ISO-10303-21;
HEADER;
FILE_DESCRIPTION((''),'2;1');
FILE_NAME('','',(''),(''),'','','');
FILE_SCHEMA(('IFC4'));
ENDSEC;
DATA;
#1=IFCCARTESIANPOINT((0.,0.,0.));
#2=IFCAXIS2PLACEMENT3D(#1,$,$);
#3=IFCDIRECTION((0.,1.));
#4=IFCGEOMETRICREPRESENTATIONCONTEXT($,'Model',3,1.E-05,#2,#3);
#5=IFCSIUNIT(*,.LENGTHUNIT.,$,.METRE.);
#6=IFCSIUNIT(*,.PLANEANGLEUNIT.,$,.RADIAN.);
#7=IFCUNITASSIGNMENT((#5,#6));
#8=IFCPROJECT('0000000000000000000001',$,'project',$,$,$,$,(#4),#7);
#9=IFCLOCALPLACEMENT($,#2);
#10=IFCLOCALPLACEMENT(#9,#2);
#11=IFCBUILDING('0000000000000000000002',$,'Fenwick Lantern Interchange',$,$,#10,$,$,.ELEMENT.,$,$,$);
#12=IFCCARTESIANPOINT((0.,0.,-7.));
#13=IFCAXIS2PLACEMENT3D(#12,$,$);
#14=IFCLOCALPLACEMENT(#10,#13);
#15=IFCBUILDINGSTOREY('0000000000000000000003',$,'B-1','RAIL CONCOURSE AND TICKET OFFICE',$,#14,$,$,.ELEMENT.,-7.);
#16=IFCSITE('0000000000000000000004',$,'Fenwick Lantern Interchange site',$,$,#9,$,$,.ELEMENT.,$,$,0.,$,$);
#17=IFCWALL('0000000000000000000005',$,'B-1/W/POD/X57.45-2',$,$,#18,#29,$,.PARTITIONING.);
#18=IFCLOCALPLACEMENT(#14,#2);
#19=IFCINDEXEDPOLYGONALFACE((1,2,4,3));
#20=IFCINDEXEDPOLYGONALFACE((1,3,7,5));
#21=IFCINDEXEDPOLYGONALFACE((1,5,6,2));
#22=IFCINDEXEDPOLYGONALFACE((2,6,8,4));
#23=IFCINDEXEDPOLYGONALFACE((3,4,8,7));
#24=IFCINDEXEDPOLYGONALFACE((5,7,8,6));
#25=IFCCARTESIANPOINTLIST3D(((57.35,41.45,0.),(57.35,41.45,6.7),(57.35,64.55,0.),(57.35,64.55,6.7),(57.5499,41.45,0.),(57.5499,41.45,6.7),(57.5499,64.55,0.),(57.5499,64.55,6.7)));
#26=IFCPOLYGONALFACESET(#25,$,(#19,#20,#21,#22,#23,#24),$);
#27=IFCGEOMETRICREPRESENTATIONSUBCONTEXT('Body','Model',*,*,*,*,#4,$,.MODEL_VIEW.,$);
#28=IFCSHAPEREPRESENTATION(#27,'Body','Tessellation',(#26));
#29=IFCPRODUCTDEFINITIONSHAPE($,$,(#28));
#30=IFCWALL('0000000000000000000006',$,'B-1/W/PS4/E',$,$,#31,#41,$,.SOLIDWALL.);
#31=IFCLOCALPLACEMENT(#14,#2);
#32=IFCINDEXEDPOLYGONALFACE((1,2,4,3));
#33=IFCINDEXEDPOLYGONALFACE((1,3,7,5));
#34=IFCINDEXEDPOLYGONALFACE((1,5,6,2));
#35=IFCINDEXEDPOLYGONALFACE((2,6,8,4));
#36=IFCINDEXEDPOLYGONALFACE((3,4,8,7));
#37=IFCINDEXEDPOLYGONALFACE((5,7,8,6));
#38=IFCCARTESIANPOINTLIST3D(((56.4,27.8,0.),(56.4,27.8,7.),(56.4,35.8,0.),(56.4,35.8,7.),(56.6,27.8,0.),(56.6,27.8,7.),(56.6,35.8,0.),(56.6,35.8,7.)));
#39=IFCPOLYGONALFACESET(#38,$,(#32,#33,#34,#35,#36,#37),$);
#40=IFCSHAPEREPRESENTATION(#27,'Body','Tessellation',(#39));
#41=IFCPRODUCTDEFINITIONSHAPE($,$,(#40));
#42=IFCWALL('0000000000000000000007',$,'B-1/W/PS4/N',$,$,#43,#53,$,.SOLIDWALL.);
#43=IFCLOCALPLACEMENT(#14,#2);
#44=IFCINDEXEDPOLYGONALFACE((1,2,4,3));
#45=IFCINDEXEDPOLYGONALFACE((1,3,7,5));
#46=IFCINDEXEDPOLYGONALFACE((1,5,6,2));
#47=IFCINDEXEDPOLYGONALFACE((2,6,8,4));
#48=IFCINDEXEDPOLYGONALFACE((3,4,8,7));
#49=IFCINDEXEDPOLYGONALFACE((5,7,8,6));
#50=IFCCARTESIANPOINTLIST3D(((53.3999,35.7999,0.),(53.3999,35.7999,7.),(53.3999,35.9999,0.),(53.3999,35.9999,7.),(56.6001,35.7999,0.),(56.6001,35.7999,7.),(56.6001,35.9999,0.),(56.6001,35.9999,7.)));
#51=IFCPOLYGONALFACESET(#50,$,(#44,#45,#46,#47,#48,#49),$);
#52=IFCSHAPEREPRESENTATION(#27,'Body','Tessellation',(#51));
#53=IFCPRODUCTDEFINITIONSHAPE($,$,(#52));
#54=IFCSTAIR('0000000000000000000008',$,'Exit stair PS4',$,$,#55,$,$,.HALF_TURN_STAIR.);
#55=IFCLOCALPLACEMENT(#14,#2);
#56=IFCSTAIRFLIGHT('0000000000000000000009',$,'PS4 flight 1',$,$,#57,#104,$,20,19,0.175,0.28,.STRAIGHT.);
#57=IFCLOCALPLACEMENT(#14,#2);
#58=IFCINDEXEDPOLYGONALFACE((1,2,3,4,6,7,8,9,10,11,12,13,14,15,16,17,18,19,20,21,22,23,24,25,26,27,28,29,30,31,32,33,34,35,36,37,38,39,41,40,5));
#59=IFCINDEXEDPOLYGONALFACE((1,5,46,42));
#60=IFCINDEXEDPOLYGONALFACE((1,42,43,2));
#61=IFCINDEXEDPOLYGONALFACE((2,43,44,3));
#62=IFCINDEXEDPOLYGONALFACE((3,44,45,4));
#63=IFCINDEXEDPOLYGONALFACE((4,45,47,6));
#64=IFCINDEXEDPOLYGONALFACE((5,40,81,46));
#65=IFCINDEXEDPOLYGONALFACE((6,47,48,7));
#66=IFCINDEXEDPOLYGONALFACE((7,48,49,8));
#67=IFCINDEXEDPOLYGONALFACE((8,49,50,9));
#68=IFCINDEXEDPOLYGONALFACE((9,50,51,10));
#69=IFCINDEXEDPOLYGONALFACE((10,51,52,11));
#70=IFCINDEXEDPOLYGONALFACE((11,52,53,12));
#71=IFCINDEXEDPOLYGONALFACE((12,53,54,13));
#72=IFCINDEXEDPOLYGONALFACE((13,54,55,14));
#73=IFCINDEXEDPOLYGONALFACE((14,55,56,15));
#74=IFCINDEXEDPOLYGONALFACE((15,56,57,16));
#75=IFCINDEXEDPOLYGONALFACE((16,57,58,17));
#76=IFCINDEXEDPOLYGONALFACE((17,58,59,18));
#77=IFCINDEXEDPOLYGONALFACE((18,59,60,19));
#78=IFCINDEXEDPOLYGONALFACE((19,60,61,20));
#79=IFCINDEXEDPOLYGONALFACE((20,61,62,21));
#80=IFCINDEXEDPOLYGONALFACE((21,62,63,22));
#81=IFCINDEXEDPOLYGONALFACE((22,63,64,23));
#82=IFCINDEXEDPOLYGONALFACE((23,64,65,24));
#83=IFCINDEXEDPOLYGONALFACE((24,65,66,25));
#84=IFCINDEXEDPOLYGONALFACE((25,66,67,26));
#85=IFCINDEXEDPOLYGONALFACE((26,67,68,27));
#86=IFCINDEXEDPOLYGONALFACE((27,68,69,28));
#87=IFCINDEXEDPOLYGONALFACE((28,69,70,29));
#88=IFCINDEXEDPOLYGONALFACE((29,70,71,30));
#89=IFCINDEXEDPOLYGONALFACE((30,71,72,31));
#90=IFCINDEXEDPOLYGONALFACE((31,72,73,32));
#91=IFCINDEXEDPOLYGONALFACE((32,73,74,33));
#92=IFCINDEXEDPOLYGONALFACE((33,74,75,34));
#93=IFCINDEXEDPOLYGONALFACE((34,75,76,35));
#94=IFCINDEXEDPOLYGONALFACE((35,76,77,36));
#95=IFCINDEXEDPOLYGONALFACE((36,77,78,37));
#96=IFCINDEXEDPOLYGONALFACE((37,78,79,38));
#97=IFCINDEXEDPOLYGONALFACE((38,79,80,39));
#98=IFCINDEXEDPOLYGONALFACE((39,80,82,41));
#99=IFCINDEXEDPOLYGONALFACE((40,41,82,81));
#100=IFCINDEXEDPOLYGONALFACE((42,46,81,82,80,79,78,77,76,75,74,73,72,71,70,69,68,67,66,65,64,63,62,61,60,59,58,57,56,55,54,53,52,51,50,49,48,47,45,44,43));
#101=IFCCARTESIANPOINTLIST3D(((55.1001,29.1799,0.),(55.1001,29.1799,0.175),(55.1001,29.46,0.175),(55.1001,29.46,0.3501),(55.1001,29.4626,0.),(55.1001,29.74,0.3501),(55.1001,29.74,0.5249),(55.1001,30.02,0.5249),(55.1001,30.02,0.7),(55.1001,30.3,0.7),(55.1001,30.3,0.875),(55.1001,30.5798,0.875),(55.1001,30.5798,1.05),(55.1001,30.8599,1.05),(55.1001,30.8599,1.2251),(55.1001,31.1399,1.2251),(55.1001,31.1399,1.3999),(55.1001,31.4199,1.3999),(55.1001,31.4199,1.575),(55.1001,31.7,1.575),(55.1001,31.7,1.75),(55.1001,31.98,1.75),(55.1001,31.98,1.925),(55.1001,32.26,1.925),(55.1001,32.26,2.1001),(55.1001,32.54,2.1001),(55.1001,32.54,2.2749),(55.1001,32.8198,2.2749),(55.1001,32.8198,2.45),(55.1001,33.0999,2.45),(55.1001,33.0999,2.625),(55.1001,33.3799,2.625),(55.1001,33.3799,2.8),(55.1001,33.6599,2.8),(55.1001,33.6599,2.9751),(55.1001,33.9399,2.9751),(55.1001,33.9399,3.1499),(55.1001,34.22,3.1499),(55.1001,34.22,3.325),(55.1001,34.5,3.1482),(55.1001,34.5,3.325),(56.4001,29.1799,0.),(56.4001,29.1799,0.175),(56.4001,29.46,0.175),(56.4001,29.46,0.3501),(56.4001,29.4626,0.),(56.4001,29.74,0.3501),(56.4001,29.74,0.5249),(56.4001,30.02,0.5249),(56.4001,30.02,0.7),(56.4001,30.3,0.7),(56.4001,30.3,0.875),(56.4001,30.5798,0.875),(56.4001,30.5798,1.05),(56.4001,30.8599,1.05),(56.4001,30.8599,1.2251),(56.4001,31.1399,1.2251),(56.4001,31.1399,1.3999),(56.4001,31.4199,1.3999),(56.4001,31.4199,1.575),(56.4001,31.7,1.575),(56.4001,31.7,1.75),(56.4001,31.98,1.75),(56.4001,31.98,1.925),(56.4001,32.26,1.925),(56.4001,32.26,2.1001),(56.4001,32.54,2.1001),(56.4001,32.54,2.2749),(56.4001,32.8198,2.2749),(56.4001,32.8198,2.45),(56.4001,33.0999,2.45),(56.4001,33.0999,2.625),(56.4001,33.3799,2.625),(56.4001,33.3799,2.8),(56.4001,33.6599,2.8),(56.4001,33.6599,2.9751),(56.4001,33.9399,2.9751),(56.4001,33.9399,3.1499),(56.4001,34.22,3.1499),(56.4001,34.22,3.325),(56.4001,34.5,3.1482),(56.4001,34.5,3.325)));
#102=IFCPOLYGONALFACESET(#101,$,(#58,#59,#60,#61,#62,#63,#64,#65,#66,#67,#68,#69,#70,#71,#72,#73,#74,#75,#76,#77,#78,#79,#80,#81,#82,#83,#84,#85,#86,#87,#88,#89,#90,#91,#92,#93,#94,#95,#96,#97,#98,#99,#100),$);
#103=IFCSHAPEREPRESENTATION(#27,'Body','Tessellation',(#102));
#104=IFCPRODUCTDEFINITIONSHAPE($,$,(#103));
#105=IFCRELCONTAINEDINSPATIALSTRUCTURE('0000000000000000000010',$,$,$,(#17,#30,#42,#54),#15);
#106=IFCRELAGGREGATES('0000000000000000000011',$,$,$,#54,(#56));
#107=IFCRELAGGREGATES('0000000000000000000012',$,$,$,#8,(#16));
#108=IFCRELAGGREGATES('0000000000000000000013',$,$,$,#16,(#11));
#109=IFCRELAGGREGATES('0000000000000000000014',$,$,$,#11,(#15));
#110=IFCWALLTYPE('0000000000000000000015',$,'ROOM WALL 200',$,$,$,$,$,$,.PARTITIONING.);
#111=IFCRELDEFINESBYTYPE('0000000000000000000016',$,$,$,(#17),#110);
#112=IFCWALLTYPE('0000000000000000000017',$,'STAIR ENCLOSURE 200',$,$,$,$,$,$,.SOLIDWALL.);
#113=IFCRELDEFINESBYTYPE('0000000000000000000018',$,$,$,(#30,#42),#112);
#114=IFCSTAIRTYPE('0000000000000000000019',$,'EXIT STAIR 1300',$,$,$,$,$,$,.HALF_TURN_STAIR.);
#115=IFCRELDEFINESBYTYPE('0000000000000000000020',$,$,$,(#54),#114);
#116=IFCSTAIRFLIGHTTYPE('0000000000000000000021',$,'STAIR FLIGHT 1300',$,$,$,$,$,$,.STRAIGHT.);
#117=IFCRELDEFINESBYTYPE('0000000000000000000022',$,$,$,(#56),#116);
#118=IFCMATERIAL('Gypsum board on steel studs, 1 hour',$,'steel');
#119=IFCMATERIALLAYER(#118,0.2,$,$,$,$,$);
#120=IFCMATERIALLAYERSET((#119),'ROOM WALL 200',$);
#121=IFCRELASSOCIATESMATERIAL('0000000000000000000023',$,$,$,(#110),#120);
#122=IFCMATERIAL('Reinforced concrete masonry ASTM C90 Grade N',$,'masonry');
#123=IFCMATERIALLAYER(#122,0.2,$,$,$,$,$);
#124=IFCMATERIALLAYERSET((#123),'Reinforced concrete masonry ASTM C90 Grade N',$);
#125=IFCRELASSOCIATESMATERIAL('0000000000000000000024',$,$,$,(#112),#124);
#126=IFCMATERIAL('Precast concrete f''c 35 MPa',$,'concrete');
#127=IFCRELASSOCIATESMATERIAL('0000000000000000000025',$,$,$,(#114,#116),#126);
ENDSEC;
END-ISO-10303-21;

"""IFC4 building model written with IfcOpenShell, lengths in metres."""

from ifc_helpers import new_model, si_unit, direction, frame, frame_2d, origin, place, context, subcontext, project, spatial, polyline, rectangle, outline, extrude, material, layer, layer_set, type_object, element, aggregate, save


model = new_model("IFC4")

# Units and contexts
model_context = context("Model", 3, precision=1e-05, world=origin(), true_north=direction((0.0, 1.0)))
body_context = subcontext(model_context, "Body", "Model", "MODEL_VIEW")
ifc_project = project(units=[si_unit("LENGTHUNIT", "METRE"), si_unit("PLANEANGLEUNIT", "RADIAN")], contexts=[model_context])

# Site, building, storey
site_placement = place(None, origin())
site = spatial("IfcSite", under=ifc_project, at=site_placement, Name="Fenwick Lantern Interchange site", CompositionType="ELEMENT", RefElevation=0.0)
building_placement = place(site_placement, origin())
building = spatial("IfcBuilding", under=site, at=building_placement, Name="Fenwick Lantern Interchange", CompositionType="ELEMENT")
storey_placement = place(building_placement, frame((0.0, 0.0, -7.0)))
storey = spatial("IfcBuildingStorey", under=building, at=storey_placement, Name="B-1", Description="RAIL CONCOURSE AND TICKET OFFICE", CompositionType="ELEMENT", Elevation=-7.0)

# Walls
ifc_material_1 = material(Name="Gypsum board on steel studs, 1 hour", Category="steel")
ifc_layer_1 = layer(ifc_material_1, 0.2)
ifc_layer_set_1 = layer_set([ifc_layer_1], Name="ROOM WALL 200")
wall_type_1 = type_object("IfcWallType", Name="ROOM WALL 200", PredefinedType="PARTITIONING", material=ifc_layer_set_1)
wall_1_placement = place(storey_placement, frame((57.45, 41.45, 0.0), z_axis=(0.0, 0.0, 1.0), x_axis=(0.0, 1.0, 0.0)))
element("IfcWall", 1, at=wall_1_placement, inside=storey, type_object=wall_type_1, Name="B-1/W/POD/X57.45-2", PredefinedType="PARTITIONING", context=body_context, shape_type="SweptSolid", body=[
    extrude(rectangle(XDim=23.1001, YDim=0.2, at=frame_2d((11.55, 0.0))), origin(), (0.0, 0.0, 1.0), 6.7),
])
ifc_material_2 = material(Name="Reinforced concrete masonry ASTM C90 Grade N", Category="masonry")
ifc_layer_2 = layer(ifc_material_2, 0.2)
ifc_layer_set_2 = layer_set([ifc_layer_2], Name="Reinforced concrete masonry ASTM C90 Grade N")
wall_type_2 = type_object("IfcWallType", Name="STAIR ENCLOSURE 200", PredefinedType="SOLIDWALL", material=ifc_layer_set_2)
wall_2_placement = place(storey_placement, frame((56.5, 27.8, 0.0), z_axis=(0.0, 0.0, 1.0), x_axis=(0.0, 1.0, 0.0)))
element("IfcWall", 2, at=wall_2_placement, inside=storey, type_object=wall_type_2, Name="B-1/W/PS4/E", PredefinedType="SOLIDWALL", context=body_context, shape_type="SweptSolid", body=[
    extrude(rectangle(XDim=8.0, YDim=0.2, at=frame_2d((4.0, 0.0))), origin(), (0.0, 0.0, 1.0), 7.0),
])
wall_3_placement = place(storey_placement, frame((56.6001, 35.8999, 0.0), z_axis=(0.0, 0.0, 1.0), x_axis=(-1.0, 0.0, 0.0)))
element("IfcWall", 3, at=wall_3_placement, inside=storey, type_object=wall_type_2, Name="B-1/W/PS4/N", PredefinedType="SOLIDWALL", context=body_context, shape_type="SweptSolid", body=[
    extrude(rectangle(XDim=3.2002, YDim=0.2, at=frame_2d((1.6001, 0.0))), origin(), (0.0, 0.0, 1.0), 7.0),
])

# Stair, stair flight
ifc_material_3 = material(Name="Precast concrete f'c 35 MPa", Category="concrete")
stair_type = type_object("IfcStairType", Name="EXIT STAIR 1300", PredefinedType="HALF_TURN_STAIR", material=ifc_material_3)
stair_placement = place(storey_placement, origin())
stair = element("IfcStair", 4, at=stair_placement, inside=storey, type_object=stair_type, Name="Exit stair PS4", PredefinedType="HALF_TURN_STAIR")
stair_flight_type = type_object("IfcStairFlightType", Name="STAIR FLIGHT 1300", PredefinedType="STRAIGHT", material=ifc_material_3)
stair_flight_placement = place(storey_placement, frame((55.75, 29.1799, 0.0), z_axis=(0.0, 0.0, 1.0), x_axis=(0.0, 1.0, 0.0)))
stair_flight = element("IfcStairFlight", 5, at=stair_flight_placement, type_object=stair_flight_type, Name="PS4 flight 1", NumberOfRisers=20, NumberOfTreads=19, PredefinedType="STRAIGHT", RiserHeight=0.175, TreadLength=0.28, context=body_context, shape_type="SweptSolid", body=[
    extrude(outline(polyline([(0.0, 0.0), (0.0, 0.175), (0.28, 0.175), (0.28, 0.3501), (0.5601, 0.3501), (0.5601, 0.5249), (0.8401, 0.5249), (0.8401, 0.7), (1.1201, 0.7), (1.1201, 0.875), (1.3999, 0.875), (1.3999, 1.05), (1.6799, 1.05), (1.6799, 1.2251), (1.96, 1.2251), (1.96, 1.3999), (2.24, 1.3999), (2.24, 1.575), (2.52, 1.575), (2.52, 1.75), (2.8, 1.75), (2.8, 1.925), (3.0801, 1.925), (3.0801, 2.1001), (3.3601, 2.1001), (3.3601, 2.2749), (3.6399, 2.2749), (3.6399, 2.45), (3.9199, 2.45), (3.9199, 2.625), (4.2, 2.625), (4.2, 2.8), (4.48, 2.8), (4.48, 2.9751), (4.76, 2.9751), (4.76, 3.1499), (5.04, 3.1499), (5.04, 3.325), (5.3201, 3.325), (5.3201, 3.5), (5.3201, 3.1482), (0.2827, 0.0), (0.0, 0.0)])), frame((0.0, 0.6499, 0.0), z_axis=(0.0, -1.0, 0.0), x_axis=(1.0, 0.0, 0.0)), (0.0, 0.0, 1.0), 1.3),
])
aggregate(stair, [stair_flight])

save(model, "model.ifc")
